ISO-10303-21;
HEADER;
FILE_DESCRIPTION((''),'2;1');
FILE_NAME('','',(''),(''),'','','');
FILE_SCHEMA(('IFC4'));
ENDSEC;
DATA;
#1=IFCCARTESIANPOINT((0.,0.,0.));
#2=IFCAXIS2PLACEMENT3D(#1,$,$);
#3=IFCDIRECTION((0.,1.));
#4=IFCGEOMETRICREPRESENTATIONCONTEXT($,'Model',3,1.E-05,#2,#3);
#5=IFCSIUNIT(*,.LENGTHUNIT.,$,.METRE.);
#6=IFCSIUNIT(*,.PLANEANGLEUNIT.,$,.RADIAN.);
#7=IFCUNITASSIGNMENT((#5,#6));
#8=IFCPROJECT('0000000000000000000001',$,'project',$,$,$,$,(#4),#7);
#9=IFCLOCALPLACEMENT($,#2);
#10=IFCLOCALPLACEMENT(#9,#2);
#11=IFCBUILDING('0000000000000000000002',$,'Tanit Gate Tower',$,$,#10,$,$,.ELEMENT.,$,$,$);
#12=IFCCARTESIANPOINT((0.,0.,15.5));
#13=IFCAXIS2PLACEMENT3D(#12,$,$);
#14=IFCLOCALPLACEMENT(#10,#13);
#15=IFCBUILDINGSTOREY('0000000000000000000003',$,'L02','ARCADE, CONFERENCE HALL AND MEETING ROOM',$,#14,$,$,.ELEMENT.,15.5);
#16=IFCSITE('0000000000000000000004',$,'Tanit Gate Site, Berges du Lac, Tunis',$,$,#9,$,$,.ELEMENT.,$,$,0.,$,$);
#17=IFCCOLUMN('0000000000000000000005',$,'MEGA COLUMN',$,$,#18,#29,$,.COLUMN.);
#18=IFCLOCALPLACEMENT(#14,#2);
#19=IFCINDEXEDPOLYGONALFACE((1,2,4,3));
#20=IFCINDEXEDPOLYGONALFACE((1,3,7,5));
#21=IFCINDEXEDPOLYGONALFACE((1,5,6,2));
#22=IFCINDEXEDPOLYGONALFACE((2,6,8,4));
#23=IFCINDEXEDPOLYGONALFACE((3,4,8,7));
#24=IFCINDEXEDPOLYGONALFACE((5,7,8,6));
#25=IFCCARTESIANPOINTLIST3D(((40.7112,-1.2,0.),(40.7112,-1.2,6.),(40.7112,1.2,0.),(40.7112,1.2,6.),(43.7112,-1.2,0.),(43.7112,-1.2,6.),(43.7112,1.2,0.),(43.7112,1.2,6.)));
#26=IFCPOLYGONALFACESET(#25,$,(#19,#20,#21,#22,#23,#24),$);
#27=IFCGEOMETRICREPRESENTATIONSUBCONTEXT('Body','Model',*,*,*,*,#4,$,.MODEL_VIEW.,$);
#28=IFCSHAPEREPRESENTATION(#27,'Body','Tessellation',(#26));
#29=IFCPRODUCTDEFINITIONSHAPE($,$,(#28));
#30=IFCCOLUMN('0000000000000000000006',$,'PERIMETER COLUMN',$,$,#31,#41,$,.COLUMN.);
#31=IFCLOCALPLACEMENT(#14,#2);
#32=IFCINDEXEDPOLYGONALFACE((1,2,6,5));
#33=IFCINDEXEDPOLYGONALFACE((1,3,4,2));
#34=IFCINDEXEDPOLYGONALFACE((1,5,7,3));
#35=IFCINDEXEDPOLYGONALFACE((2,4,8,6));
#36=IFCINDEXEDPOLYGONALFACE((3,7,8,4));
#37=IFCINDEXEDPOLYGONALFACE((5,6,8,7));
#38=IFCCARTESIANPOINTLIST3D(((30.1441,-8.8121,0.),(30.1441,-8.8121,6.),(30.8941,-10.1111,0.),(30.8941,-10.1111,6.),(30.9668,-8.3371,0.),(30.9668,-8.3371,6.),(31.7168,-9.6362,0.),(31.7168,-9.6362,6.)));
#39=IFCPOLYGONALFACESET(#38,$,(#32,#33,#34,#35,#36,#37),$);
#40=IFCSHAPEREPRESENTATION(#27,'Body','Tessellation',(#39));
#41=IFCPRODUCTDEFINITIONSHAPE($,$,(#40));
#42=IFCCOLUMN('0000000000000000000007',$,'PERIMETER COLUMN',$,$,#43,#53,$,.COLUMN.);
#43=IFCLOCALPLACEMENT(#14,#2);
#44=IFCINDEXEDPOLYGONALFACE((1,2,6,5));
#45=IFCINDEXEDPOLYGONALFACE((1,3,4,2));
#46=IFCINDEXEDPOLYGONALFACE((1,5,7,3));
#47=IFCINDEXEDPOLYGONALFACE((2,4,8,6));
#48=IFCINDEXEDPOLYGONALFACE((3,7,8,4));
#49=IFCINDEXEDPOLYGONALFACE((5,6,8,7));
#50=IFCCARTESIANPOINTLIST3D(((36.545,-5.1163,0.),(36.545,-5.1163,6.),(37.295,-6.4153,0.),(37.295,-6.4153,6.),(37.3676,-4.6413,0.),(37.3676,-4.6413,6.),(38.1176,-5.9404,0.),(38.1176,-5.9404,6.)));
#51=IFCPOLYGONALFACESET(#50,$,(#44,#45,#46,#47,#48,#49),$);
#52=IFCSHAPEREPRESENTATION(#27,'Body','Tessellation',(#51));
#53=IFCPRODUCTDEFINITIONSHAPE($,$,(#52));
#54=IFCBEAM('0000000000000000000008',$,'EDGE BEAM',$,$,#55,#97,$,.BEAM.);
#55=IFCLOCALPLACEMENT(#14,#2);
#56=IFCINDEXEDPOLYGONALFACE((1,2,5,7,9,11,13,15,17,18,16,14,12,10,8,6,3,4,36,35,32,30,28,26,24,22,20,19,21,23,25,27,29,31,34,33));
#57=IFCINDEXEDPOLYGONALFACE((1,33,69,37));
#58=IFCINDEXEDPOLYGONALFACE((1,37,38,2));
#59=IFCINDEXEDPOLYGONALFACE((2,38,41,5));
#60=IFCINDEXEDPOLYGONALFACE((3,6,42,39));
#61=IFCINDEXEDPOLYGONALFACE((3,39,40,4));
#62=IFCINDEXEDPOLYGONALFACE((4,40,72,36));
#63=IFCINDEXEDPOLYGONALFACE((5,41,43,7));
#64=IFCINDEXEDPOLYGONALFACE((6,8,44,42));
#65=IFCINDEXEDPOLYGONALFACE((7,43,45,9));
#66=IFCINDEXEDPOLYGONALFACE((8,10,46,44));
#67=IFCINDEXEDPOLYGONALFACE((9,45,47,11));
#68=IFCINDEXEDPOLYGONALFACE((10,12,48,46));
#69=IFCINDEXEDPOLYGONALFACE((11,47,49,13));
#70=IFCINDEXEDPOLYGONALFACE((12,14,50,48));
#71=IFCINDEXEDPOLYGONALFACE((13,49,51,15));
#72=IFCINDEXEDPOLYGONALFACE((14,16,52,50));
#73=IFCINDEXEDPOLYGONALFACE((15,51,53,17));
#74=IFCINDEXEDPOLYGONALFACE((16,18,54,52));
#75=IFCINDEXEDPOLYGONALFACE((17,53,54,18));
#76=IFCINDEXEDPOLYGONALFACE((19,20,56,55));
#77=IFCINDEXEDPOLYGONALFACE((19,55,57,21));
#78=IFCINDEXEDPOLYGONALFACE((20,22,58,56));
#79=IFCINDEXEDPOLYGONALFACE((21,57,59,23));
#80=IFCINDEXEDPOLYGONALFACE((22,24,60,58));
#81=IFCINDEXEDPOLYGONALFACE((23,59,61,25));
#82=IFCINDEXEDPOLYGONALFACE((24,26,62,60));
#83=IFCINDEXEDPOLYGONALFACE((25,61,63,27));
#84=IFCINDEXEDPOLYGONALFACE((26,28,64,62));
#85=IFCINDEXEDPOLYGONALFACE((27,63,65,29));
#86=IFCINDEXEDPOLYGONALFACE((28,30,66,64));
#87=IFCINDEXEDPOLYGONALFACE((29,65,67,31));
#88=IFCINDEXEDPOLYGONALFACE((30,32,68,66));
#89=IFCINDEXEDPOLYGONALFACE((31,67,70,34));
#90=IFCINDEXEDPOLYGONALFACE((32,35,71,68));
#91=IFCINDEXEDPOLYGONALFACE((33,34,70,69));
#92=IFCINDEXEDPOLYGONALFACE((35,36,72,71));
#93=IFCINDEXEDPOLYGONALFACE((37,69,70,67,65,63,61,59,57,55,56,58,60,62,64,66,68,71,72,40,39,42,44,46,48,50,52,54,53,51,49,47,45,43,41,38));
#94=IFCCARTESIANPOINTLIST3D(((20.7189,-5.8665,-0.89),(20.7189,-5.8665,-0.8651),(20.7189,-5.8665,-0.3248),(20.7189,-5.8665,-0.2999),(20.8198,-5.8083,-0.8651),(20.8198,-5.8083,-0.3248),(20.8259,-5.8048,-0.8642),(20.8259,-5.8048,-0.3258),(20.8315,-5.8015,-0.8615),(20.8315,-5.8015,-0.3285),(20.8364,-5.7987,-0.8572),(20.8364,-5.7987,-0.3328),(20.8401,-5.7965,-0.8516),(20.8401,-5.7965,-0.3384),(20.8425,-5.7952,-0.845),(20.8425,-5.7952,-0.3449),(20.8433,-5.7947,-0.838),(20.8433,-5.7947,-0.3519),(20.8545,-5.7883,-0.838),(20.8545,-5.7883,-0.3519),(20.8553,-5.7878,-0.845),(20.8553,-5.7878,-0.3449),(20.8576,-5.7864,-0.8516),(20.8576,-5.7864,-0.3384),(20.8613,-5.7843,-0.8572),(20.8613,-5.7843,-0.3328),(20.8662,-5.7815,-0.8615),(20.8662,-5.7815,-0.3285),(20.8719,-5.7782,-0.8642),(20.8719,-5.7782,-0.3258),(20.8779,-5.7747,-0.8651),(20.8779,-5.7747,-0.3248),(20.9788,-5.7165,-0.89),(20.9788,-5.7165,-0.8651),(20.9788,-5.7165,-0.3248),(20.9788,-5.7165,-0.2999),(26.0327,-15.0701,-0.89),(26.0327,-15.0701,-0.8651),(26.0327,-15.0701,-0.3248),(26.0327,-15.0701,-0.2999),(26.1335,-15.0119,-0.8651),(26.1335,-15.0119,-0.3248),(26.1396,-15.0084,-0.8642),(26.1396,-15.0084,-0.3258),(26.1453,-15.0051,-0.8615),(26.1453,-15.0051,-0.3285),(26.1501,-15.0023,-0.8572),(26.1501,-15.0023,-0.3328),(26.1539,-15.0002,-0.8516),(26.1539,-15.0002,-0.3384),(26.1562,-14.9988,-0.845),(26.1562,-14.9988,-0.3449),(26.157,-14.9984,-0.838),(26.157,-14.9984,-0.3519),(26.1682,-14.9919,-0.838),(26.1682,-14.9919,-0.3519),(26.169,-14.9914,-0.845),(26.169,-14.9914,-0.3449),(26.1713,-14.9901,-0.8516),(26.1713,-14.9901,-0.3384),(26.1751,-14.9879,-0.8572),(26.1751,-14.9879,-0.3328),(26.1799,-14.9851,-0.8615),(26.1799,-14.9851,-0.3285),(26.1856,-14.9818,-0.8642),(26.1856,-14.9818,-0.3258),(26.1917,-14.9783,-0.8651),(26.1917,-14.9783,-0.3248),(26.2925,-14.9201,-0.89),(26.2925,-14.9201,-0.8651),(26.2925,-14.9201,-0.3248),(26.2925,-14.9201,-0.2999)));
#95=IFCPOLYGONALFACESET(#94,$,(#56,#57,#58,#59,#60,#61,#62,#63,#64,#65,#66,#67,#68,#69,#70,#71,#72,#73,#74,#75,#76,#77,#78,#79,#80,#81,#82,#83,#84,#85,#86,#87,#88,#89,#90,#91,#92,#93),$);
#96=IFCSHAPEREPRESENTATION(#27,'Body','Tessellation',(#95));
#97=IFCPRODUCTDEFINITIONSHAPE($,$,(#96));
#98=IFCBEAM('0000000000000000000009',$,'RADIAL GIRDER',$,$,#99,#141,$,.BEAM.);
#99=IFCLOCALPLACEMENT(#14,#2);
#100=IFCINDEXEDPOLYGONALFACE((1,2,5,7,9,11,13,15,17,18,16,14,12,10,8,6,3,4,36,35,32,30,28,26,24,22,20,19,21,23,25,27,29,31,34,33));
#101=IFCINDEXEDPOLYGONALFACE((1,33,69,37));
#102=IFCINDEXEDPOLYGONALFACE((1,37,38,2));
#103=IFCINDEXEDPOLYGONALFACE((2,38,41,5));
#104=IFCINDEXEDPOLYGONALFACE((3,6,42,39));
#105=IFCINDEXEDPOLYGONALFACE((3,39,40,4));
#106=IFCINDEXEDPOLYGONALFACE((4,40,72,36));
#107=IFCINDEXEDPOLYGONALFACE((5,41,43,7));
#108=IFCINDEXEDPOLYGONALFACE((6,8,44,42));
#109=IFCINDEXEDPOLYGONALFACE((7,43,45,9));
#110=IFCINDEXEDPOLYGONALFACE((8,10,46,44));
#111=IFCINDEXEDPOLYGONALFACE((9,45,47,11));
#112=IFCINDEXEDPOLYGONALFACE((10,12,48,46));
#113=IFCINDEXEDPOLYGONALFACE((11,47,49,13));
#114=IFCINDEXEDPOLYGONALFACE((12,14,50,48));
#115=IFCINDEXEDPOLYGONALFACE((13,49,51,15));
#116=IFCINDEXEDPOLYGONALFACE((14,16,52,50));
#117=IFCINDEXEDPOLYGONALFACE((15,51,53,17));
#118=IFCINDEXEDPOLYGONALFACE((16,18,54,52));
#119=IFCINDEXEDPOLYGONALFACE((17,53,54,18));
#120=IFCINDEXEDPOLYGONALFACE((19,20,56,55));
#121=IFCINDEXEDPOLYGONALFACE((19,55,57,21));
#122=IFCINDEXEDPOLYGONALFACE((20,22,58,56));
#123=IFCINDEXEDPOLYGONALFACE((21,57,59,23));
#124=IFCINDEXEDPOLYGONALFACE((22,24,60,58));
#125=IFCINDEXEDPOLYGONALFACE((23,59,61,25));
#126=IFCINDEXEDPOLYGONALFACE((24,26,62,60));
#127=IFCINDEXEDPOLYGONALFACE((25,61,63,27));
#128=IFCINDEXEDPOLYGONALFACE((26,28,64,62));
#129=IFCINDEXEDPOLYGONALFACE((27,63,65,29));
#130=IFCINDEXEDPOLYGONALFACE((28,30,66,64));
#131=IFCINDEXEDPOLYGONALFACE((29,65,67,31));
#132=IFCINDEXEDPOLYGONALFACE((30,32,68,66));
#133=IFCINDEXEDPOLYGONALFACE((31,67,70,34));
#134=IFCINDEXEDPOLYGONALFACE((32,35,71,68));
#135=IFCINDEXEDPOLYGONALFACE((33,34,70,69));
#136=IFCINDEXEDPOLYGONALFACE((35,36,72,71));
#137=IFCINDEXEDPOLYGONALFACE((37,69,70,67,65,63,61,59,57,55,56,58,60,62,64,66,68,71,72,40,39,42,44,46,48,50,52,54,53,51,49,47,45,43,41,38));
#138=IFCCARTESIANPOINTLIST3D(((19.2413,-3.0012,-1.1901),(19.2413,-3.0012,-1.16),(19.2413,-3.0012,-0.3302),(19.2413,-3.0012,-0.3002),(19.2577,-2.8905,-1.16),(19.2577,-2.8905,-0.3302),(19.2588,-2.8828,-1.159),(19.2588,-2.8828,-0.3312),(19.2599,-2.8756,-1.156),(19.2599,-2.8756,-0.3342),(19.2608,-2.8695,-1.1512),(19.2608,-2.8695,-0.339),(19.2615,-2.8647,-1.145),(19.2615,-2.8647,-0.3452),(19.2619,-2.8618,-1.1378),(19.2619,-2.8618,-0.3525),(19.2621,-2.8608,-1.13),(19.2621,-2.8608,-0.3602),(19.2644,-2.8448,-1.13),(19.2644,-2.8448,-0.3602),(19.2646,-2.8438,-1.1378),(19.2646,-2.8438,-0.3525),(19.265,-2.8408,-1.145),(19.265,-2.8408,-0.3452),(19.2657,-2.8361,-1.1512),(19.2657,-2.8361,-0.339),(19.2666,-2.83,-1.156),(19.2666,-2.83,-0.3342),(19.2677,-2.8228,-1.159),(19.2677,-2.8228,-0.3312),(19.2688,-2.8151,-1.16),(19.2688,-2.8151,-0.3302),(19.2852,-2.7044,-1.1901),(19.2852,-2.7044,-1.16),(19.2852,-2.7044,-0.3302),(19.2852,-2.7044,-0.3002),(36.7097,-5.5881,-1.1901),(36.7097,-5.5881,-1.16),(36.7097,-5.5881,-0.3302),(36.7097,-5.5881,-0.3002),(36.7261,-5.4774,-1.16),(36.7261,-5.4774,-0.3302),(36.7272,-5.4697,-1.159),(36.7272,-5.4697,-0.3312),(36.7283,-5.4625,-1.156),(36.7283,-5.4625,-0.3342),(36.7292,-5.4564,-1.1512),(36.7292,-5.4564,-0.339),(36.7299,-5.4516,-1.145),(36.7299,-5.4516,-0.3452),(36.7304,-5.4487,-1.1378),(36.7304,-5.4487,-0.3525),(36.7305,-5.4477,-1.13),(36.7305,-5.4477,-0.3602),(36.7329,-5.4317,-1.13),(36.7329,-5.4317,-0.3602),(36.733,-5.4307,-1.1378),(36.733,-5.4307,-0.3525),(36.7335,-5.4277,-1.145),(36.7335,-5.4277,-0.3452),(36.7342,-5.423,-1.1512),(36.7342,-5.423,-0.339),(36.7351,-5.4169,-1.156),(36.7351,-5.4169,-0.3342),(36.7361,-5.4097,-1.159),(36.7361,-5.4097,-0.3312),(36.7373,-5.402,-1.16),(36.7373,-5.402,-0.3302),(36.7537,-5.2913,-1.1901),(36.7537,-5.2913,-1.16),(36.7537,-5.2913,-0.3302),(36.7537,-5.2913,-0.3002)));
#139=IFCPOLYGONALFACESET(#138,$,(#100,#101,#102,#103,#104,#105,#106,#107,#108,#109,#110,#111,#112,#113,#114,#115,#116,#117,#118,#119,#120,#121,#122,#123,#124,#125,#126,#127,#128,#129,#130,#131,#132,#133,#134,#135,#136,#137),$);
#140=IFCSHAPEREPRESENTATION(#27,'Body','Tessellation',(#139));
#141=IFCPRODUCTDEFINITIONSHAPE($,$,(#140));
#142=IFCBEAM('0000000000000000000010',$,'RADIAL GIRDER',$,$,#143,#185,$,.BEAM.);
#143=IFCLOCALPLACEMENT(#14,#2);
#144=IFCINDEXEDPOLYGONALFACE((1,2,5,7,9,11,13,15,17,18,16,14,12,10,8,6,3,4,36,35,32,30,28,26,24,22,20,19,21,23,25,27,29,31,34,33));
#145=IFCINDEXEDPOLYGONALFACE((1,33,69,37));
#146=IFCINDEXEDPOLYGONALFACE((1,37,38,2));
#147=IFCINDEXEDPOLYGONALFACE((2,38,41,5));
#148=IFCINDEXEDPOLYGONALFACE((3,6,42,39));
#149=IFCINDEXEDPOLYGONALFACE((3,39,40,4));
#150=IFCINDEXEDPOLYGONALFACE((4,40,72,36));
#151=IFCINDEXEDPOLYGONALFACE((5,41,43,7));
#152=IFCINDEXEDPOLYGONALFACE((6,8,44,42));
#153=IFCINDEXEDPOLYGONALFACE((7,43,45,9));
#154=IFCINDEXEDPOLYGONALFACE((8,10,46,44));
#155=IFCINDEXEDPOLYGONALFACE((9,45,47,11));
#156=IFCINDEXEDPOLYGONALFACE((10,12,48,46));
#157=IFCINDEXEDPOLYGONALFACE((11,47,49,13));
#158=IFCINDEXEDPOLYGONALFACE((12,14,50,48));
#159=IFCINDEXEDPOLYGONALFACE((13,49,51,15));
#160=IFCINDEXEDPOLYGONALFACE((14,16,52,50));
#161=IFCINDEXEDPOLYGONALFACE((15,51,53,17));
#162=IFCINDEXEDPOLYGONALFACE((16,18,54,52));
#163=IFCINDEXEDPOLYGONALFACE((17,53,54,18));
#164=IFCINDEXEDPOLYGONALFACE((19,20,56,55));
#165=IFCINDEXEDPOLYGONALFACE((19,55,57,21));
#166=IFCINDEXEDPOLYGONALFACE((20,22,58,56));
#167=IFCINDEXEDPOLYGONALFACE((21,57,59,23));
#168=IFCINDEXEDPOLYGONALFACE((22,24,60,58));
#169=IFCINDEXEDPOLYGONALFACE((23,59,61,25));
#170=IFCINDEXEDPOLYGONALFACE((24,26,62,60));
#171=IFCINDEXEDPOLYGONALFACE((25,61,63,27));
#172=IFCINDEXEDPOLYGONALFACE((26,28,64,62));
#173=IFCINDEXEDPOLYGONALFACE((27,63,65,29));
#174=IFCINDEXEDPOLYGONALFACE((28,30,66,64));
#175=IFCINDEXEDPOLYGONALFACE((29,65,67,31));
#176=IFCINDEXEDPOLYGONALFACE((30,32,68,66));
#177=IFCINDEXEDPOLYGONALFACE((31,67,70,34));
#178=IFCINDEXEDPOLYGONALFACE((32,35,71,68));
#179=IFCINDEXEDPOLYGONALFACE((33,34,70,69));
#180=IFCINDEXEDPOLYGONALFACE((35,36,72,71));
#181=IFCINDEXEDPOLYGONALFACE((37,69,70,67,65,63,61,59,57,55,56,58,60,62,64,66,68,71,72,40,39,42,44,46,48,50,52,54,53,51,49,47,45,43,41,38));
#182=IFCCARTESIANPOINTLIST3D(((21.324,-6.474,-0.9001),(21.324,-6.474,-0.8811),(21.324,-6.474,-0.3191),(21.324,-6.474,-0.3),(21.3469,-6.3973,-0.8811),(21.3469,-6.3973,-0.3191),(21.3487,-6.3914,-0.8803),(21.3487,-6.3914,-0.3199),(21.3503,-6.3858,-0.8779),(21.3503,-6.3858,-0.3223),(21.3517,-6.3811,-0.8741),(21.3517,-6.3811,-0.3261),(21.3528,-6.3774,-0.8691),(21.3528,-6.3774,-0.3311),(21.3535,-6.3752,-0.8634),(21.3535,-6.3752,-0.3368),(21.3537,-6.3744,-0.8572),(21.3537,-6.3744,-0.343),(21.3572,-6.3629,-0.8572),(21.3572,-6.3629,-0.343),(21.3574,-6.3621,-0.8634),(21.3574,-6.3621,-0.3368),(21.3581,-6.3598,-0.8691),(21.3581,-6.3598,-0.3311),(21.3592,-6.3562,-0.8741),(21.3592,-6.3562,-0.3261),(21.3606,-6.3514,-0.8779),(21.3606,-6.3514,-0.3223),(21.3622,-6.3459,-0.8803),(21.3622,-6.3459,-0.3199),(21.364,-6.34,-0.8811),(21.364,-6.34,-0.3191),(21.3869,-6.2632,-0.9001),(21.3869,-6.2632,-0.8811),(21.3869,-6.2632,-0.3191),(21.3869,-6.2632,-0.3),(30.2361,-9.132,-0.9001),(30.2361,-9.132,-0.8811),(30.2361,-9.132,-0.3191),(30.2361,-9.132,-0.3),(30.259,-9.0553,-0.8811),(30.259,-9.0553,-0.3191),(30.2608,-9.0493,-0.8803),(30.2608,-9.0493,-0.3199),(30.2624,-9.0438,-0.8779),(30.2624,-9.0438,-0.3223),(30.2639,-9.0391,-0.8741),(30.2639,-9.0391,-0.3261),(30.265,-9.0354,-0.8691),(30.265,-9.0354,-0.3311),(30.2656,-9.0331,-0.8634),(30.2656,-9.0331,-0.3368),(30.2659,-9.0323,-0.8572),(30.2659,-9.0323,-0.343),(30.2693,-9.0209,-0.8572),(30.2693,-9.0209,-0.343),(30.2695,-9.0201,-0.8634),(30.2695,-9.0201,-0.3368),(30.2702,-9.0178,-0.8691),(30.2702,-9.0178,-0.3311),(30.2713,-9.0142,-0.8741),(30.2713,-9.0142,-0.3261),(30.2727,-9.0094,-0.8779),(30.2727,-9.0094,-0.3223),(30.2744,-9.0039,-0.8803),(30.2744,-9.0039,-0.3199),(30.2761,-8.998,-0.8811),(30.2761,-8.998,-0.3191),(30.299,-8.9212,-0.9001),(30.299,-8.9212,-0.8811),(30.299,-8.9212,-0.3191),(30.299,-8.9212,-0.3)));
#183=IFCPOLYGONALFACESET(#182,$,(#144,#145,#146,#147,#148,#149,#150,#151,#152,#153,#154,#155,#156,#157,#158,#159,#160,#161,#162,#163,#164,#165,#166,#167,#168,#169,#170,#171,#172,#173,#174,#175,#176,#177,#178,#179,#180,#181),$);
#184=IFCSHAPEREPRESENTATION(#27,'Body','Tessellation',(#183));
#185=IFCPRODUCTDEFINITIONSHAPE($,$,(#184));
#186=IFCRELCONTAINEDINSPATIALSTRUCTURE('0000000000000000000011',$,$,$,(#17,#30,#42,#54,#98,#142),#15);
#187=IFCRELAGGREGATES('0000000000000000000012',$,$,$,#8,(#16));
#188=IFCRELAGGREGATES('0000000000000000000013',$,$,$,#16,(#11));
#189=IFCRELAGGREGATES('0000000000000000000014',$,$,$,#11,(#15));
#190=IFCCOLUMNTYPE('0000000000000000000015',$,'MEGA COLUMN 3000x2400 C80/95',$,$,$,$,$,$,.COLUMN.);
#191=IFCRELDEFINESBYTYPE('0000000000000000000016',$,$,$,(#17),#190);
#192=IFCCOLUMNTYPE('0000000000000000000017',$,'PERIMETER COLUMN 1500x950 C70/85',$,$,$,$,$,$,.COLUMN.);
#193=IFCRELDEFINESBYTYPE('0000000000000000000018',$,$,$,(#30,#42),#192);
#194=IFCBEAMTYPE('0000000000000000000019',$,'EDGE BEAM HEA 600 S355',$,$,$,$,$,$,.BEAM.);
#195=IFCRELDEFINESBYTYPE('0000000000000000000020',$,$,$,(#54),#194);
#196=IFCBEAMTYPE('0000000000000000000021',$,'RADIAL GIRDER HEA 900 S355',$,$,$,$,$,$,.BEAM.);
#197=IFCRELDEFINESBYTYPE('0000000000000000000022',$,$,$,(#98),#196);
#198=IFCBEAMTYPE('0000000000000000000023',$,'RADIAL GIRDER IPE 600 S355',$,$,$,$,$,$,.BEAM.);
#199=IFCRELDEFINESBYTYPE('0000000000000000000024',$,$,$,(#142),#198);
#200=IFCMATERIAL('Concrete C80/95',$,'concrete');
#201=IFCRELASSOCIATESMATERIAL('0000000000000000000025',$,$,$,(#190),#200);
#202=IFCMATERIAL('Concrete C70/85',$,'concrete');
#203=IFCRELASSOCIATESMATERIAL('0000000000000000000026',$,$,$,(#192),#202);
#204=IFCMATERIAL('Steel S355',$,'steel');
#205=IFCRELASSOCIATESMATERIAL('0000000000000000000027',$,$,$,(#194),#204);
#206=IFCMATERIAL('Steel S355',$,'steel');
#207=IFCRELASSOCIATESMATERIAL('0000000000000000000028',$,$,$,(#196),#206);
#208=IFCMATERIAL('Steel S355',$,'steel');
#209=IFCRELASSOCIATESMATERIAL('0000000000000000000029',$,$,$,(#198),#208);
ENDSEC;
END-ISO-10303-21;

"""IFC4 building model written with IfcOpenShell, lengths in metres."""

from ifc_helpers import new_model, si_unit, direction, frame, origin, origin_2d, place, context, subcontext, project, spatial, rectangle, i_section, extrude, material, material_profile, profile_set, type_object, element, save


model = new_model("IFC4")

# Units and contexts
model_context = context("Model", 3, precision=1e-05, world=origin(), true_north=direction((0.0, 1.0)))
body_context = subcontext(model_context, "Body", "Model", "MODEL_VIEW")
ifc_project = project(units=[si_unit("LENGTHUNIT", "METRE"), si_unit("PLANEANGLEUNIT", "RADIAN")], contexts=[model_context])

# Site, building, storey
site_placement = place(None, origin())
site = spatial("IfcSite", under=ifc_project, at=site_placement, Name="Tanit Gate Site, Berges du Lac, Tunis", CompositionType="ELEMENT", RefElevation=0.0)
building_placement = place(site_placement, origin())
building = spatial("IfcBuilding", under=site, at=building_placement, Name="Tanit Gate Tower", CompositionType="ELEMENT")
storey_placement = place(building_placement, frame((0.0, 0.0, 15.5)))
storey = spatial("IfcBuildingStorey", under=building, at=storey_placement, Name="L02", Description="ARCADE, CONFERENCE HALL AND MEETING ROOM", CompositionType="ELEMENT", Elevation=15.5)

# Columns
ifc_material_1 = material(Name="Concrete C80/95", Category="concrete")
ifc_material_profile_1 = material_profile(ifc_material_1, rectangle(XDim=3.0, YDim=2.3999, at=origin_2d()), Name="RC 3000x2400")
ifc_profile_set_1 = profile_set([ifc_material_profile_1], Name="Concrete C80/95")
column_type_1 = type_object("IfcColumnType", Name="MEGA COLUMN 3000x2400 C80/95", PredefinedType="COLUMN", material=ifc_profile_set_1)
column_placement = place(storey_placement, frame((42.2112, 0.0, 0.0), z_axis=(0.0, 0.0, 1.0), x_axis=(1.0, 0.0, 0.0)))
element("IfcColumn", 1, at=column_placement, inside=storey, type_object=column_type_1, Name="MEGA COLUMN", PredefinedType="COLUMN", context=body_context, shape_type="SweptSolid", body=[
    extrude(rectangle(XDim=3.0, YDim=2.3999, at=origin_2d()), origin(), (0.0, 0.0, 1.0), 6.0),
])
ifc_material_2 = material(Name="Concrete C70/85", Category="concrete")
ifc_material_profile_2 = material_profile(ifc_material_2, rectangle(XDim=1.5, YDim=0.95, at=origin_2d()), Name="RC 1500x950")
ifc_profile_set_2 = profile_set([ifc_material_profile_2], Name="Concrete C70/85")
column_type_2 = type_object("IfcColumnType", Name="PERIMETER COLUMN 1500x950 C70/85", PredefinedType="COLUMN", material=ifc_profile_set_2)
for number, where, z_axis, x_axis, name in (
    (2, (30.9304, -9.2241, 0.0), (0.0, 0.0, 1.0), (0.5, -0.866025, 0.0), "PERIMETER COLUMN"),
    (3, (37.3313, -5.5283, 0.0), (0.0, 0.0, 1.0), (0.5, -0.866025, 0.0), "PERIMETER COLUMN"),
):
    element("IfcColumn", number, at=place(storey_placement, frame(where, z_axis=z_axis, x_axis=x_axis)), inside=storey, type_object=column_type_2, Name=name, PredefinedType="COLUMN", context=body_context, shape_type="SweptSolid", body=[
        extrude(rectangle(XDim=1.5, YDim=0.95, at=origin_2d()), origin(), (0.0, 0.0, 1.0), 6.0),
    ])

# Beams
ifc_material_3 = material(Name="Steel S355", Category="steel")
ifc_material_profile_3 = material_profile(ifc_material_3, i_section(OverallWidth=0.3, OverallDepth=0.5901, WebThickness=0.0129, FlangeThickness=0.0249, FilletRadius=0.0271, at=origin_2d()), Name="HEA 600")
ifc_profile_set_3 = profile_set([ifc_material_profile_3], Name="Steel S355")
beam_type_1 = type_object("IfcBeamType", Name="EDGE BEAM HEA 600 S355", PredefinedType="BEAM", material=ifc_profile_set_3)
beam_1_placement = place(storey_placement, frame((26.1626, -14.9951, -0.595), z_axis=(-0.500001, 0.866025, 0.0), x_axis=(-0.866025, -0.500001, 0.0)))
element("IfcBeam", 4, at=beam_1_placement, inside=storey, type_object=beam_type_1, Name="EDGE BEAM", PredefinedType="BEAM", context=body_context, shape_type="SweptSolid", body=[
    extrude(i_section(OverallWidth=0.3, OverallDepth=0.5901, WebThickness=0.0129, FlangeThickness=0.0249, FilletRadius=0.0271, at=origin_2d()), origin(), (0.0, 0.0, 1.0), 10.6274),
])
ifc_material_4 = material(Name="Steel S355", Category="steel")
ifc_material_profile_4 = material_profile(ifc_material_4, i_section(OverallWidth=0.3, OverallDepth=0.8899, WebThickness=0.0161, FlangeThickness=0.03, FilletRadius=0.03, at=origin_2d()), Name="HEA 900")
ifc_profile_set_4 = profile_set([ifc_material_profile_4], Name="Steel S355")
beam_type_2 = type_object("IfcBeamType", Name="RADIAL GIRDER HEA 900 S355", PredefinedType="BEAM", material=ifc_profile_set_4)
beam_2_placement = place(storey_placement, frame((36.7317, -5.4397, -0.7451), z_axis=(-0.989212, 0.146493, 0.0), x_axis=(-0.146493, -0.989212, 0.0)))
element("IfcBeam", 5, at=beam_2_placement, inside=storey, type_object=beam_type_2, Name="RADIAL GIRDER", PredefinedType="BEAM", context=body_context, shape_type="SweptSolid", body=[
    extrude(i_section(OverallWidth=0.3, OverallDepth=0.8899, WebThickness=0.0161, FlangeThickness=0.03, FilletRadius=0.03, at=origin_2d()), origin(), (0.0, 0.0, 1.0), 17.6589),
])
ifc_material_5 = material(Name="Steel S355", Category="steel")
ifc_material_profile_5 = material_profile(ifc_material_5, i_section(OverallWidth=0.22, OverallDepth=0.6001, WebThickness=0.012, FlangeThickness=0.019, FilletRadius=0.0239, at=origin_2d()), Name="IPE 600")
ifc_profile_set_5 = profile_set([ifc_material_profile_5], Name="Steel S355")
beam_type_3 = type_object("IfcBeamType", Name="RADIAL GIRDER IPE 600 S355", PredefinedType="BEAM", material=ifc_profile_set_5)
beam_3_placement = place(storey_placement, frame((30.2676, -9.0266, -0.6001), z_axis=(-0.958289, 0.285801, 0.0), x_axis=(-0.285801, -0.958289, 0.0)))
element("IfcBeam", 6, at=beam_3_placement, inside=storey, type_object=beam_type_3, Name="RADIAL GIRDER", PredefinedType="BEAM", context=body_context, shape_type="SweptSolid", body=[
    extrude(i_section(OverallWidth=0.22, OverallDepth=0.6001, WebThickness=0.012, FlangeThickness=0.019, FilletRadius=0.0239, at=origin_2d()), origin(), (0.0, 0.0, 1.0), 9.3),
])

save(model, "model.ifc")
